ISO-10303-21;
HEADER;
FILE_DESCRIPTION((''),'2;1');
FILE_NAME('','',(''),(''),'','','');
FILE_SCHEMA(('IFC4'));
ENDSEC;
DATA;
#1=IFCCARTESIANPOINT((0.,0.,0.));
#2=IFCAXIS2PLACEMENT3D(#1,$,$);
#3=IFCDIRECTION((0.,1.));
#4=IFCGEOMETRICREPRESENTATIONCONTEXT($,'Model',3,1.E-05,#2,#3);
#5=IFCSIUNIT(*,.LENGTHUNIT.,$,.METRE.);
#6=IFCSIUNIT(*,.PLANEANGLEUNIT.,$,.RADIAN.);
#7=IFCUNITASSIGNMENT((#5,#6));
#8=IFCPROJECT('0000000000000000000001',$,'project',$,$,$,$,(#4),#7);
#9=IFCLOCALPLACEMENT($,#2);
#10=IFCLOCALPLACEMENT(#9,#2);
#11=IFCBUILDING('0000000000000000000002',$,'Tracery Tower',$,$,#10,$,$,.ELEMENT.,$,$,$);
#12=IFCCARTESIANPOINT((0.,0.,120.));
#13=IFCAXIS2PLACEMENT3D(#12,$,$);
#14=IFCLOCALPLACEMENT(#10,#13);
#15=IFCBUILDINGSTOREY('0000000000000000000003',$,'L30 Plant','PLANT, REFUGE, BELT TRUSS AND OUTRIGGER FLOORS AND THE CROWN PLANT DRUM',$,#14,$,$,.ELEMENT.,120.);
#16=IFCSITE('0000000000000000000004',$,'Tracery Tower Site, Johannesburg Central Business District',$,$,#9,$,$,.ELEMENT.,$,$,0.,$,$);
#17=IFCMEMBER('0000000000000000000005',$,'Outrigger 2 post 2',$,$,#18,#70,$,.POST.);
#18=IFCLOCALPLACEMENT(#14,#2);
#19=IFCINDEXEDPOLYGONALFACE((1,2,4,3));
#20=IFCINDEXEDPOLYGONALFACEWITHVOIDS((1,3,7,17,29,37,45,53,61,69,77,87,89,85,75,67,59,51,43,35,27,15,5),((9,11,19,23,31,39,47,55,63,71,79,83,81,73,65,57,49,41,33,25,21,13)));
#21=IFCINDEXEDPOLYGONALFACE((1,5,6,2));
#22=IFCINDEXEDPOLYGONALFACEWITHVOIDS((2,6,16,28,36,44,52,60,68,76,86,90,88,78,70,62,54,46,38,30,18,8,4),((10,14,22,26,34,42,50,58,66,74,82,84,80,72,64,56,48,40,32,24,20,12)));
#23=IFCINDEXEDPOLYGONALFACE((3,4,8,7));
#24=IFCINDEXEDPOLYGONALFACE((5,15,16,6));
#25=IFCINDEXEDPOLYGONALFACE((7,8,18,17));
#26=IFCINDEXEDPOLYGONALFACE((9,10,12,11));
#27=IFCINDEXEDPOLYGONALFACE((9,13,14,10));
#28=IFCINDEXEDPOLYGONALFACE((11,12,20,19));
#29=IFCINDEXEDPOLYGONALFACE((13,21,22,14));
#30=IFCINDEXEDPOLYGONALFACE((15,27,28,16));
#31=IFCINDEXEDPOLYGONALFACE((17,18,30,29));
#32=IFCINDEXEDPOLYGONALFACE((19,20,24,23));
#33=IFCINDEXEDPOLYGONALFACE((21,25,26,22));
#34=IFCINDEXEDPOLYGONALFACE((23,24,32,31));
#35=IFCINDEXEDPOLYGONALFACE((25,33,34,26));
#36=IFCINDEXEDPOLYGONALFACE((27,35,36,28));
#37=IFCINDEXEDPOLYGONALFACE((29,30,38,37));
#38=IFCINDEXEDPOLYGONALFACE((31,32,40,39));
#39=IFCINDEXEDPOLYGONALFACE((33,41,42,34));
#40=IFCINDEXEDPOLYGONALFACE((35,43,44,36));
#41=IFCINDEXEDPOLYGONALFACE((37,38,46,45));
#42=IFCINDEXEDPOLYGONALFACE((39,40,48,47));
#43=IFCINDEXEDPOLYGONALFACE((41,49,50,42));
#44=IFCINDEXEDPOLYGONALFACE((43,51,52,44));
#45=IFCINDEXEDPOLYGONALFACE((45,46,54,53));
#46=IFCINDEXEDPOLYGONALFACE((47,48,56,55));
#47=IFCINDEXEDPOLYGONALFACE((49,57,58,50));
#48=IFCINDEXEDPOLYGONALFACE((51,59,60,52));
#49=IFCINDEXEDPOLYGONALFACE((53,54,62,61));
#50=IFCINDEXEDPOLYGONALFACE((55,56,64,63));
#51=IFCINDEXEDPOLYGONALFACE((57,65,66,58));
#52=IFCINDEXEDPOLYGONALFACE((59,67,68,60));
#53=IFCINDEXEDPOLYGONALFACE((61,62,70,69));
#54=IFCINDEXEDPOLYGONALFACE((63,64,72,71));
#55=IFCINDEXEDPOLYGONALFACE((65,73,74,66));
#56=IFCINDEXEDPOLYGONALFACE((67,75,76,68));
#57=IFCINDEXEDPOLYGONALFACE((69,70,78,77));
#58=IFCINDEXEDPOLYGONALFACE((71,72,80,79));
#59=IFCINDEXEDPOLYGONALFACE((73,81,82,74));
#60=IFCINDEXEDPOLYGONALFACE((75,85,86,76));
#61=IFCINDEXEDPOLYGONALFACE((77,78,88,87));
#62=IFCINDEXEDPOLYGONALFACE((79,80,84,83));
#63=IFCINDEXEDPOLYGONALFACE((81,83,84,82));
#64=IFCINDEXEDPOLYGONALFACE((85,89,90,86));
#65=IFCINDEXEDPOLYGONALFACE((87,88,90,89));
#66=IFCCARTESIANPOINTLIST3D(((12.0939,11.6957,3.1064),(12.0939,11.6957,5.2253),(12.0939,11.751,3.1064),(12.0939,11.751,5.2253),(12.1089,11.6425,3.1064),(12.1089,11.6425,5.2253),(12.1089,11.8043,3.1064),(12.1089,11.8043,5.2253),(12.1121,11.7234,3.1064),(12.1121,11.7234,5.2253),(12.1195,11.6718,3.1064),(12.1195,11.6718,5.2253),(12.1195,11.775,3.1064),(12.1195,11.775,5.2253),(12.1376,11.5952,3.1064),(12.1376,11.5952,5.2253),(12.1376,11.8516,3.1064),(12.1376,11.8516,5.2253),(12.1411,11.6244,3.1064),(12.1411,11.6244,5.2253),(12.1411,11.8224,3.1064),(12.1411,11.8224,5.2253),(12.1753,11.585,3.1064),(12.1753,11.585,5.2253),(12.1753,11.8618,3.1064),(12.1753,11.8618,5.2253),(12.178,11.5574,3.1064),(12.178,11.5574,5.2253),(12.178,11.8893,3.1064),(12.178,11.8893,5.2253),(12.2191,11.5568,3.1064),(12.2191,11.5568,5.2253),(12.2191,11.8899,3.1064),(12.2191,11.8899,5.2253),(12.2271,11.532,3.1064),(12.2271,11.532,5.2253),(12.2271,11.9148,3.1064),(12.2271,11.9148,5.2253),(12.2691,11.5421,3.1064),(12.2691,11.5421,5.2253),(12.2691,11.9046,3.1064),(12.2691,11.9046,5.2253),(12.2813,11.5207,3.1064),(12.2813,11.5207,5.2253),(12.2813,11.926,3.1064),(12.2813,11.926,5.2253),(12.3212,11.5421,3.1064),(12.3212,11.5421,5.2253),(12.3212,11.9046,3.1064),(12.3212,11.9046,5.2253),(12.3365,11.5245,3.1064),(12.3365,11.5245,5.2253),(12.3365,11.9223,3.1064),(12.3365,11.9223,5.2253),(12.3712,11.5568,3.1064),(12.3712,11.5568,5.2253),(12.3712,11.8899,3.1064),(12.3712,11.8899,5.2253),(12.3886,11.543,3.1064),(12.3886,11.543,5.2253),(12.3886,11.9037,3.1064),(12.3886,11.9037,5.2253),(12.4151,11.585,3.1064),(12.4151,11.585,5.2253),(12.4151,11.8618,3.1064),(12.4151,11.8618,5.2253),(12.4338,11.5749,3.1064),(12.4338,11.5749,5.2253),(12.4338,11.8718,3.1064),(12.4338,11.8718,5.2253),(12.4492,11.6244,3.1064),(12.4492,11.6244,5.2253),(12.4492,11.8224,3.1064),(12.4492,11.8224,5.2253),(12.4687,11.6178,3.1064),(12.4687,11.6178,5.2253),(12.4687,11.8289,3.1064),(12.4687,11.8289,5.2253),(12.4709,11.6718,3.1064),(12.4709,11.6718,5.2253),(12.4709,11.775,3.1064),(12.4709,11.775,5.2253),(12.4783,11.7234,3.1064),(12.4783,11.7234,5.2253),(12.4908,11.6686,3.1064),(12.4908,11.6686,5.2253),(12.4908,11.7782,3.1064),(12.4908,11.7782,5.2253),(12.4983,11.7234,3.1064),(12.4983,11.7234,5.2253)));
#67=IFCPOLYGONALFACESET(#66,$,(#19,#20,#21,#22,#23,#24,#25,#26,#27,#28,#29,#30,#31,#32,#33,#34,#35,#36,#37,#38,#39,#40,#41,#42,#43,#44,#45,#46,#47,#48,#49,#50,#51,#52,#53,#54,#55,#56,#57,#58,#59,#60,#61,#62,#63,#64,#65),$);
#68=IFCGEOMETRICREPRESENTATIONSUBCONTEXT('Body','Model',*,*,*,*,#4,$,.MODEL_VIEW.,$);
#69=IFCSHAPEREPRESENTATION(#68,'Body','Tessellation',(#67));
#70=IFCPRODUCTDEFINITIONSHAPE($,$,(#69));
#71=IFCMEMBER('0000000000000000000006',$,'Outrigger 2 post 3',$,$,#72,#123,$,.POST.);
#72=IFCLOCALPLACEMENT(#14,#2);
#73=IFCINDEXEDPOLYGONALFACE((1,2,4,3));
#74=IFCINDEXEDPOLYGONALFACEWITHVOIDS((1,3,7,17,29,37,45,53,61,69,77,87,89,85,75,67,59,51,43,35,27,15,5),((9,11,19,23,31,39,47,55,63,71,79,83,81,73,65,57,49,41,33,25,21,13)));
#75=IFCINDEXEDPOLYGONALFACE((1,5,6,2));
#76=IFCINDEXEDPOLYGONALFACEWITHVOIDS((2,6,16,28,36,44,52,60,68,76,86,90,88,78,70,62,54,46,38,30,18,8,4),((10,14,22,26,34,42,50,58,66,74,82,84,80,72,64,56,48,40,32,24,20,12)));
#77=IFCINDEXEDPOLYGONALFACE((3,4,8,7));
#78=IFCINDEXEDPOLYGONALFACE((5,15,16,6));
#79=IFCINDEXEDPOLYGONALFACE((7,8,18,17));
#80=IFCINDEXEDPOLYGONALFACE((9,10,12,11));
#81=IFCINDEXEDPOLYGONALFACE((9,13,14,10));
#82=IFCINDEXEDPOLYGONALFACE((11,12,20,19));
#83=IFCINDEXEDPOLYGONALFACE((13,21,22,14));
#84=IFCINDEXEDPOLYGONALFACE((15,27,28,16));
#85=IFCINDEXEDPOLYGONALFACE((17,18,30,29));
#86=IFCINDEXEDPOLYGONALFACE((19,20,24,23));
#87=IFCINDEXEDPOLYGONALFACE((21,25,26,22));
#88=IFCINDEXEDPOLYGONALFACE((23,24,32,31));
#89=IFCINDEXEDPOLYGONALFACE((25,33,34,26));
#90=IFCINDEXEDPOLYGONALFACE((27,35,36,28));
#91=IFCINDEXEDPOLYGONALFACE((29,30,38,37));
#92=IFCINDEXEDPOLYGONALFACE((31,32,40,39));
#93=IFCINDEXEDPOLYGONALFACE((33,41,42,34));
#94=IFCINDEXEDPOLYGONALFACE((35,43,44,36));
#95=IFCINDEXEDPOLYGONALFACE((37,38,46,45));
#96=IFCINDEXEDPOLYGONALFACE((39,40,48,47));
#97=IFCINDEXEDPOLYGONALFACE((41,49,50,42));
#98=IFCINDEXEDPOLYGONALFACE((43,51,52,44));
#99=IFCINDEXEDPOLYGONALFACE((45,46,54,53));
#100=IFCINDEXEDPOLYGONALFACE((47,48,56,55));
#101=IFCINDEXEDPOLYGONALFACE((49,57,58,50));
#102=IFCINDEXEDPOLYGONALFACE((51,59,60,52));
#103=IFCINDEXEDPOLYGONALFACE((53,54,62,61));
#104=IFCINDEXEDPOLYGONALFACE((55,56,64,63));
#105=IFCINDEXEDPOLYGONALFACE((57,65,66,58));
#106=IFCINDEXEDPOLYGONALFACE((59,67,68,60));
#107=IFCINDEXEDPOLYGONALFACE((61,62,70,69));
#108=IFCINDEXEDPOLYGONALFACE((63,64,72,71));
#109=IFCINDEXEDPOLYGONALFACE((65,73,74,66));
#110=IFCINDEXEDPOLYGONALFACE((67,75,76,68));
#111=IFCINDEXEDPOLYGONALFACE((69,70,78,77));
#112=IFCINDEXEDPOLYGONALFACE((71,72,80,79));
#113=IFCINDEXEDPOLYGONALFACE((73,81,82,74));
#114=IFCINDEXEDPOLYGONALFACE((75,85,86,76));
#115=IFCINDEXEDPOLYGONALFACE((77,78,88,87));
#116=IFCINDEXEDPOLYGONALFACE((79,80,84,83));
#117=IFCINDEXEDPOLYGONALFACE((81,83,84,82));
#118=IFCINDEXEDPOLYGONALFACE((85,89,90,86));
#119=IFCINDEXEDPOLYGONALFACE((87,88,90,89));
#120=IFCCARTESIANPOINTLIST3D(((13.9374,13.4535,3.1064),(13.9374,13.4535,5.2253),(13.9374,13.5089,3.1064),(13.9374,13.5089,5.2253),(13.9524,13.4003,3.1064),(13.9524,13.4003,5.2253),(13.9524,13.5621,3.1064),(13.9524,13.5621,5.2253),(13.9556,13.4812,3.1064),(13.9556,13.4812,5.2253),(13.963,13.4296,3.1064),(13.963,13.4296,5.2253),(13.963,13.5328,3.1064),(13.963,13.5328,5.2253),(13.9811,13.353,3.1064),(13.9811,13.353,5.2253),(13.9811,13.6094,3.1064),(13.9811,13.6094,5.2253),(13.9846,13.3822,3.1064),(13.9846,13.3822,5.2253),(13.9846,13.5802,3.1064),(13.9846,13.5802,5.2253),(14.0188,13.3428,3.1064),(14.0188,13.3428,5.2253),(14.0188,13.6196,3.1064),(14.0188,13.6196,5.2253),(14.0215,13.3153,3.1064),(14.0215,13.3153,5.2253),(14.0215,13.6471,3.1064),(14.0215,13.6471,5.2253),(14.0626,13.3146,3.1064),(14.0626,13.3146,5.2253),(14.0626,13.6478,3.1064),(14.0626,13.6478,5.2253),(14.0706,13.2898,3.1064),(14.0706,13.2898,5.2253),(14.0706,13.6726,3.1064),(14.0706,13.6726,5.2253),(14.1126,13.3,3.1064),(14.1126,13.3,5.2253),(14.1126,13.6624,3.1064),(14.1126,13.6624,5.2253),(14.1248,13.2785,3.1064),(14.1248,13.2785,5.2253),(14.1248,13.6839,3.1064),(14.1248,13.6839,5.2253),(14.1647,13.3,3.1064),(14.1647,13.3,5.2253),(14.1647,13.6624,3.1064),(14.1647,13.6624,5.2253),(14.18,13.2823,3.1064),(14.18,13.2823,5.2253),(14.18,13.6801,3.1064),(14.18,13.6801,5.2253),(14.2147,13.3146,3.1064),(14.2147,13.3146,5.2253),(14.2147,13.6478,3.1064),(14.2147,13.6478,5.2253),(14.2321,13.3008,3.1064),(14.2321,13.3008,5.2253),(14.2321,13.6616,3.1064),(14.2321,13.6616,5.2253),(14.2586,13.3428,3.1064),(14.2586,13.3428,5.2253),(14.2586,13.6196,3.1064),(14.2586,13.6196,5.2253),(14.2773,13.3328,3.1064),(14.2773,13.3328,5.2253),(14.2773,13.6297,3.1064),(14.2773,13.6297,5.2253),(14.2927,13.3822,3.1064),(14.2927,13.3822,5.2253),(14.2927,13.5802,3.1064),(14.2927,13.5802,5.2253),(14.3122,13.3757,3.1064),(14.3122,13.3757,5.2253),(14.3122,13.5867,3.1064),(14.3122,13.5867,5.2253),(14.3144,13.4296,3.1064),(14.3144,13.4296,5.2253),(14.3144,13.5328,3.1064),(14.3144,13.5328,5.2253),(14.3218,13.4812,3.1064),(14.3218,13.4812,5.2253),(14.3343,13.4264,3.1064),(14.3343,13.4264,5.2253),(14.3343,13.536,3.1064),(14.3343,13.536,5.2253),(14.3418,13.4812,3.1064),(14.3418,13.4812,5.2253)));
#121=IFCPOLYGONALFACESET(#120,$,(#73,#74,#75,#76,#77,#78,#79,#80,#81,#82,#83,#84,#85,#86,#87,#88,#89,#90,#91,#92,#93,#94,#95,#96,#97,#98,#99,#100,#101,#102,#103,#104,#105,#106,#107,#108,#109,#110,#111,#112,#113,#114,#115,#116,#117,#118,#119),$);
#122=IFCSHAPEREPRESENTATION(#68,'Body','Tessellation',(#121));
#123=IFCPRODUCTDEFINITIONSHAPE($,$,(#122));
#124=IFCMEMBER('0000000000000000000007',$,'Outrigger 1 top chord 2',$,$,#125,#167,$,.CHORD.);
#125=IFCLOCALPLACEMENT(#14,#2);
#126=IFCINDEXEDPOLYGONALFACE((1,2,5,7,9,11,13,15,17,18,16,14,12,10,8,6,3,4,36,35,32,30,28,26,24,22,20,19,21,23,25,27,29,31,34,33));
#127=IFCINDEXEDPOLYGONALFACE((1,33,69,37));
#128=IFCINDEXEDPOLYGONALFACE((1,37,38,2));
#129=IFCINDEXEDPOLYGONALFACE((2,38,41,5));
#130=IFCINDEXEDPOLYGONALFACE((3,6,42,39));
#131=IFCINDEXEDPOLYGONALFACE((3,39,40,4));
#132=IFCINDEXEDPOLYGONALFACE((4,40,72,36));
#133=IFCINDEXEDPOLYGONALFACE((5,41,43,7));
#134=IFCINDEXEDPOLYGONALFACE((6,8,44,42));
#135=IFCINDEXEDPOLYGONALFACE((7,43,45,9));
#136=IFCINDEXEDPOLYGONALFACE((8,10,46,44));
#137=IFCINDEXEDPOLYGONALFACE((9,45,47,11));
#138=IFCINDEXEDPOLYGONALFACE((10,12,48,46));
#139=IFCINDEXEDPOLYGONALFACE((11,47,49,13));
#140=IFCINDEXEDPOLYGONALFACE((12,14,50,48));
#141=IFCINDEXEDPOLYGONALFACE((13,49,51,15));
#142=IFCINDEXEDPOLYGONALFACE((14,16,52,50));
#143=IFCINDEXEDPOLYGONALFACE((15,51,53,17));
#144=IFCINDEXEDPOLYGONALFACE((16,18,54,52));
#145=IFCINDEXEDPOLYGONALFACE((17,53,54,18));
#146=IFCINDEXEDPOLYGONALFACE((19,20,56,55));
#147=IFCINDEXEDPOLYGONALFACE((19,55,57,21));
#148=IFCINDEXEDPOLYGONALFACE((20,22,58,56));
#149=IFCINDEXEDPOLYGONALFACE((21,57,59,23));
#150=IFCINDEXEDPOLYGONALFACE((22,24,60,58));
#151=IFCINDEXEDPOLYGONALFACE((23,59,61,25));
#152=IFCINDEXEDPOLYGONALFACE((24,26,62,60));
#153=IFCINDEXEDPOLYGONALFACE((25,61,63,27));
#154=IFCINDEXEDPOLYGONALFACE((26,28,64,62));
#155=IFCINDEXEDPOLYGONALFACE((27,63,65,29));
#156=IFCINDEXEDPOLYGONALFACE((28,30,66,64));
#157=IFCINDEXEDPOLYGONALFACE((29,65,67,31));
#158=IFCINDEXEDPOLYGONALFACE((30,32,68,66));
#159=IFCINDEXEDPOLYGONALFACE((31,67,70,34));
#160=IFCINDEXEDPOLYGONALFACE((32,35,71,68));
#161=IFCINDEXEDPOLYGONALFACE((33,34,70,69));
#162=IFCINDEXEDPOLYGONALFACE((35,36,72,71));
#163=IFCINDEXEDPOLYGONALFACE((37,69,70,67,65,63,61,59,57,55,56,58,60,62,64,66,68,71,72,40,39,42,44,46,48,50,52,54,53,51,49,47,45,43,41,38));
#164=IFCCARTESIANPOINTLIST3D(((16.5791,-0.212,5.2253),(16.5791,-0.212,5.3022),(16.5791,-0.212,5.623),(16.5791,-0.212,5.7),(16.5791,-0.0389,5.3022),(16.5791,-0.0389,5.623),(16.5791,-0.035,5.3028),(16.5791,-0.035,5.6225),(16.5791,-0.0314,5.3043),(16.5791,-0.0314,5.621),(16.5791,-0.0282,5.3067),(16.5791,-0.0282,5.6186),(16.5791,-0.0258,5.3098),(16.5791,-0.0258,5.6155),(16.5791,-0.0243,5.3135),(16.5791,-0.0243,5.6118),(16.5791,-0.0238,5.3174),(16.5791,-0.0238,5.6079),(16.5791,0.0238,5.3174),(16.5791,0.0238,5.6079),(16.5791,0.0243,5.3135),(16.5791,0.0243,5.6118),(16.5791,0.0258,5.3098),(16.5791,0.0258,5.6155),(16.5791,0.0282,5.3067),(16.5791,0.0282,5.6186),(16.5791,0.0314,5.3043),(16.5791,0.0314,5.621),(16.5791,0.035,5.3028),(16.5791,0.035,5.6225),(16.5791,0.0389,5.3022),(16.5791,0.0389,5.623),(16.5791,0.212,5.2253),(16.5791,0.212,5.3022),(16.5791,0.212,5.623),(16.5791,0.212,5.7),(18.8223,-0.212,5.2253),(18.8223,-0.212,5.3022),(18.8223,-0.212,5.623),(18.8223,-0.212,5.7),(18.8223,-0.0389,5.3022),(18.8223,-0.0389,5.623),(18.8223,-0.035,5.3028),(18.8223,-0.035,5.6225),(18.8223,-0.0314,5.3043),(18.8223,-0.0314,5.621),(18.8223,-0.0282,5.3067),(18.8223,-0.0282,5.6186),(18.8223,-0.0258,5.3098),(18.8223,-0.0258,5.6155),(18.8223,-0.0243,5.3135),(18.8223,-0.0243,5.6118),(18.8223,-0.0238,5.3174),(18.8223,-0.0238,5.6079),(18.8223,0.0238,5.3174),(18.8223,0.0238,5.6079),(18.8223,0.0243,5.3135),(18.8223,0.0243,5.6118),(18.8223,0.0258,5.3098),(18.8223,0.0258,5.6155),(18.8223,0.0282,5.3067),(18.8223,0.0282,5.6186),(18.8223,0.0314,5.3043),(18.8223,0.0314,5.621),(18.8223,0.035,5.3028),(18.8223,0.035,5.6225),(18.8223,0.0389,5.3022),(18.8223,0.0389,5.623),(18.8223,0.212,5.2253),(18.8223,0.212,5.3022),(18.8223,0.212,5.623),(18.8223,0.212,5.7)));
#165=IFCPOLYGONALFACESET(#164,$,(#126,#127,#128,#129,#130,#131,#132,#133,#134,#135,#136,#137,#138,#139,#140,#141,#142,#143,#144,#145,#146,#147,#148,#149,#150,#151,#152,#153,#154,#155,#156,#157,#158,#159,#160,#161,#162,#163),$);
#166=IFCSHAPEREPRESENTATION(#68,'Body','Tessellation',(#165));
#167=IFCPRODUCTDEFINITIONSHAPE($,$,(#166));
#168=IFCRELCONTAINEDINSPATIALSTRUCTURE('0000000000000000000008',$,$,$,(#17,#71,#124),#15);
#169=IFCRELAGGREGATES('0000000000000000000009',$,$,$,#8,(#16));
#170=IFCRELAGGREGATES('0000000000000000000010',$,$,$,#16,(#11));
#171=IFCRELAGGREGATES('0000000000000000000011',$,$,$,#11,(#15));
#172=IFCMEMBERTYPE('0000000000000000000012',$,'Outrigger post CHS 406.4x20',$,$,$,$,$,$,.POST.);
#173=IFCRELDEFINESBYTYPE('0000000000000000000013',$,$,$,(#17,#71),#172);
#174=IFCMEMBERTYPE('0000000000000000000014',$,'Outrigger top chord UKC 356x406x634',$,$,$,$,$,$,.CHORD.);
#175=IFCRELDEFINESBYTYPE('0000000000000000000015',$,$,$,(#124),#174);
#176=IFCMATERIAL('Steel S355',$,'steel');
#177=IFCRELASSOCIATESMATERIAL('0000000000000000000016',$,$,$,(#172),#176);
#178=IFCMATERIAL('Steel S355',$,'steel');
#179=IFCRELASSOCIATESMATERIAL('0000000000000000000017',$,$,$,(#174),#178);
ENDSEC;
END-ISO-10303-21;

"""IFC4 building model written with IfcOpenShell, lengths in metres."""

from ifc_helpers import new_model, si_unit, direction, frame, origin, origin_2d, place, context, subcontext, project, spatial, hollow_circle, i_section, extrude, material, material_profile, profile_set, type_object, element, save


model = new_model("IFC4")

# Units and contexts
model_context = context("Model", 3, precision=1e-05, world=origin(), true_north=direction((0.0, 1.0)))
body_context = subcontext(model_context, "Body", "Model", "MODEL_VIEW")
ifc_project = project(units=[si_unit("LENGTHUNIT", "METRE"), si_unit("PLANEANGLEUNIT", "RADIAN")], contexts=[model_context])

# Site, building, storey
site_placement = place(None, origin())
site = spatial("IfcSite", under=ifc_project, at=site_placement, Name="Tracery Tower Site, Johannesburg Central Business District", CompositionType="ELEMENT", RefElevation=0.0)
building_placement = place(site_placement, origin())
building = spatial("IfcBuilding", under=site, at=building_placement, Name="Tracery Tower", CompositionType="ELEMENT")
storey_placement = place(building_placement, frame((0.0, 0.0, 120.0)))
storey = spatial("IfcBuildingStorey", under=building, at=storey_placement, Name="L30 Plant", Description="PLANT, REFUGE, BELT TRUSS AND OUTRIGGER FLOORS AND THE CROWN PLANT DRUM", CompositionType="ELEMENT", Elevation=120.0)

# Members
ifc_material_1 = material(Name="Steel S355", Category="steel")
ifc_material_profile_1 = material_profile(ifc_material_1, hollow_circle(Radius=0.2031, WallThickness=0.02, at=origin_2d()), Name="CHS 406.4x20")
ifc_profile_set_1 = profile_set([ifc_material_profile_1], Name="Steel S355")
member_type_1 = type_object("IfcMemberType", Name="Outrigger post CHS 406.4x20", PredefinedType="POST", material=ifc_profile_set_1)
for number, where, z_axis, x_axis, name in (
    (1, (12.2952, 11.7234, 3.1064), (0.0, 0.0, 1.0), (1.0, 0.0, 0.0), "Outrigger 2 post 2"),
    (2, (14.1387, 13.4812, 3.1064), (0.0, 0.0, 1.0), (1.0, 0.0, 0.0), "Outrigger 2 post 3"),
):
    element("IfcMember", number, at=place(storey_placement, frame(where, z_axis=z_axis, x_axis=x_axis)), inside=storey, type_object=member_type_1, Name=name, PredefinedType="POST", context=body_context, shape_type="SweptSolid", body=[
        extrude(hollow_circle(Radius=0.2031, WallThickness=0.02, at=origin_2d()), origin(), (0.0, 0.0, 1.0), 2.1189),
    ])
ifc_material_2 = material(Name="Steel S355", Category="steel")
ifc_material_profile_2 = material_profile(ifc_material_2, i_section(OverallWidth=0.4241, OverallDepth=0.4746, WebThickness=0.0476, FlangeThickness=0.0769, FilletRadius=0.0151, at=origin_2d()), Name="UKC 356x406x634")
ifc_profile_set_2 = profile_set([ifc_material_profile_2], Name="Steel S355")
member_type_2 = type_object("IfcMemberType", Name="Outrigger top chord UKC 356x406x634", PredefinedType="CHORD", material=ifc_profile_set_2)
member_1_placement = place(storey_placement, frame((16.5791, 0.0, 5.4626), z_axis=(1.0, 0.0, 0.0), x_axis=(0.0, 1.0, 0.0)))
element("IfcMember", 3, at=member_1_placement, inside=storey, type_object=member_type_2, Name="Outrigger 1 top chord 2", PredefinedType="CHORD", context=body_context, shape_type="SweptSolid", body=[
    extrude(i_section(OverallWidth=0.4241, OverallDepth=0.4746, WebThickness=0.0476, FlangeThickness=0.0769, FilletRadius=0.0151, at=origin_2d()), origin(), (0.0, 0.0, 1.0), 2.2432),
])

save(model, "model.ifc")
